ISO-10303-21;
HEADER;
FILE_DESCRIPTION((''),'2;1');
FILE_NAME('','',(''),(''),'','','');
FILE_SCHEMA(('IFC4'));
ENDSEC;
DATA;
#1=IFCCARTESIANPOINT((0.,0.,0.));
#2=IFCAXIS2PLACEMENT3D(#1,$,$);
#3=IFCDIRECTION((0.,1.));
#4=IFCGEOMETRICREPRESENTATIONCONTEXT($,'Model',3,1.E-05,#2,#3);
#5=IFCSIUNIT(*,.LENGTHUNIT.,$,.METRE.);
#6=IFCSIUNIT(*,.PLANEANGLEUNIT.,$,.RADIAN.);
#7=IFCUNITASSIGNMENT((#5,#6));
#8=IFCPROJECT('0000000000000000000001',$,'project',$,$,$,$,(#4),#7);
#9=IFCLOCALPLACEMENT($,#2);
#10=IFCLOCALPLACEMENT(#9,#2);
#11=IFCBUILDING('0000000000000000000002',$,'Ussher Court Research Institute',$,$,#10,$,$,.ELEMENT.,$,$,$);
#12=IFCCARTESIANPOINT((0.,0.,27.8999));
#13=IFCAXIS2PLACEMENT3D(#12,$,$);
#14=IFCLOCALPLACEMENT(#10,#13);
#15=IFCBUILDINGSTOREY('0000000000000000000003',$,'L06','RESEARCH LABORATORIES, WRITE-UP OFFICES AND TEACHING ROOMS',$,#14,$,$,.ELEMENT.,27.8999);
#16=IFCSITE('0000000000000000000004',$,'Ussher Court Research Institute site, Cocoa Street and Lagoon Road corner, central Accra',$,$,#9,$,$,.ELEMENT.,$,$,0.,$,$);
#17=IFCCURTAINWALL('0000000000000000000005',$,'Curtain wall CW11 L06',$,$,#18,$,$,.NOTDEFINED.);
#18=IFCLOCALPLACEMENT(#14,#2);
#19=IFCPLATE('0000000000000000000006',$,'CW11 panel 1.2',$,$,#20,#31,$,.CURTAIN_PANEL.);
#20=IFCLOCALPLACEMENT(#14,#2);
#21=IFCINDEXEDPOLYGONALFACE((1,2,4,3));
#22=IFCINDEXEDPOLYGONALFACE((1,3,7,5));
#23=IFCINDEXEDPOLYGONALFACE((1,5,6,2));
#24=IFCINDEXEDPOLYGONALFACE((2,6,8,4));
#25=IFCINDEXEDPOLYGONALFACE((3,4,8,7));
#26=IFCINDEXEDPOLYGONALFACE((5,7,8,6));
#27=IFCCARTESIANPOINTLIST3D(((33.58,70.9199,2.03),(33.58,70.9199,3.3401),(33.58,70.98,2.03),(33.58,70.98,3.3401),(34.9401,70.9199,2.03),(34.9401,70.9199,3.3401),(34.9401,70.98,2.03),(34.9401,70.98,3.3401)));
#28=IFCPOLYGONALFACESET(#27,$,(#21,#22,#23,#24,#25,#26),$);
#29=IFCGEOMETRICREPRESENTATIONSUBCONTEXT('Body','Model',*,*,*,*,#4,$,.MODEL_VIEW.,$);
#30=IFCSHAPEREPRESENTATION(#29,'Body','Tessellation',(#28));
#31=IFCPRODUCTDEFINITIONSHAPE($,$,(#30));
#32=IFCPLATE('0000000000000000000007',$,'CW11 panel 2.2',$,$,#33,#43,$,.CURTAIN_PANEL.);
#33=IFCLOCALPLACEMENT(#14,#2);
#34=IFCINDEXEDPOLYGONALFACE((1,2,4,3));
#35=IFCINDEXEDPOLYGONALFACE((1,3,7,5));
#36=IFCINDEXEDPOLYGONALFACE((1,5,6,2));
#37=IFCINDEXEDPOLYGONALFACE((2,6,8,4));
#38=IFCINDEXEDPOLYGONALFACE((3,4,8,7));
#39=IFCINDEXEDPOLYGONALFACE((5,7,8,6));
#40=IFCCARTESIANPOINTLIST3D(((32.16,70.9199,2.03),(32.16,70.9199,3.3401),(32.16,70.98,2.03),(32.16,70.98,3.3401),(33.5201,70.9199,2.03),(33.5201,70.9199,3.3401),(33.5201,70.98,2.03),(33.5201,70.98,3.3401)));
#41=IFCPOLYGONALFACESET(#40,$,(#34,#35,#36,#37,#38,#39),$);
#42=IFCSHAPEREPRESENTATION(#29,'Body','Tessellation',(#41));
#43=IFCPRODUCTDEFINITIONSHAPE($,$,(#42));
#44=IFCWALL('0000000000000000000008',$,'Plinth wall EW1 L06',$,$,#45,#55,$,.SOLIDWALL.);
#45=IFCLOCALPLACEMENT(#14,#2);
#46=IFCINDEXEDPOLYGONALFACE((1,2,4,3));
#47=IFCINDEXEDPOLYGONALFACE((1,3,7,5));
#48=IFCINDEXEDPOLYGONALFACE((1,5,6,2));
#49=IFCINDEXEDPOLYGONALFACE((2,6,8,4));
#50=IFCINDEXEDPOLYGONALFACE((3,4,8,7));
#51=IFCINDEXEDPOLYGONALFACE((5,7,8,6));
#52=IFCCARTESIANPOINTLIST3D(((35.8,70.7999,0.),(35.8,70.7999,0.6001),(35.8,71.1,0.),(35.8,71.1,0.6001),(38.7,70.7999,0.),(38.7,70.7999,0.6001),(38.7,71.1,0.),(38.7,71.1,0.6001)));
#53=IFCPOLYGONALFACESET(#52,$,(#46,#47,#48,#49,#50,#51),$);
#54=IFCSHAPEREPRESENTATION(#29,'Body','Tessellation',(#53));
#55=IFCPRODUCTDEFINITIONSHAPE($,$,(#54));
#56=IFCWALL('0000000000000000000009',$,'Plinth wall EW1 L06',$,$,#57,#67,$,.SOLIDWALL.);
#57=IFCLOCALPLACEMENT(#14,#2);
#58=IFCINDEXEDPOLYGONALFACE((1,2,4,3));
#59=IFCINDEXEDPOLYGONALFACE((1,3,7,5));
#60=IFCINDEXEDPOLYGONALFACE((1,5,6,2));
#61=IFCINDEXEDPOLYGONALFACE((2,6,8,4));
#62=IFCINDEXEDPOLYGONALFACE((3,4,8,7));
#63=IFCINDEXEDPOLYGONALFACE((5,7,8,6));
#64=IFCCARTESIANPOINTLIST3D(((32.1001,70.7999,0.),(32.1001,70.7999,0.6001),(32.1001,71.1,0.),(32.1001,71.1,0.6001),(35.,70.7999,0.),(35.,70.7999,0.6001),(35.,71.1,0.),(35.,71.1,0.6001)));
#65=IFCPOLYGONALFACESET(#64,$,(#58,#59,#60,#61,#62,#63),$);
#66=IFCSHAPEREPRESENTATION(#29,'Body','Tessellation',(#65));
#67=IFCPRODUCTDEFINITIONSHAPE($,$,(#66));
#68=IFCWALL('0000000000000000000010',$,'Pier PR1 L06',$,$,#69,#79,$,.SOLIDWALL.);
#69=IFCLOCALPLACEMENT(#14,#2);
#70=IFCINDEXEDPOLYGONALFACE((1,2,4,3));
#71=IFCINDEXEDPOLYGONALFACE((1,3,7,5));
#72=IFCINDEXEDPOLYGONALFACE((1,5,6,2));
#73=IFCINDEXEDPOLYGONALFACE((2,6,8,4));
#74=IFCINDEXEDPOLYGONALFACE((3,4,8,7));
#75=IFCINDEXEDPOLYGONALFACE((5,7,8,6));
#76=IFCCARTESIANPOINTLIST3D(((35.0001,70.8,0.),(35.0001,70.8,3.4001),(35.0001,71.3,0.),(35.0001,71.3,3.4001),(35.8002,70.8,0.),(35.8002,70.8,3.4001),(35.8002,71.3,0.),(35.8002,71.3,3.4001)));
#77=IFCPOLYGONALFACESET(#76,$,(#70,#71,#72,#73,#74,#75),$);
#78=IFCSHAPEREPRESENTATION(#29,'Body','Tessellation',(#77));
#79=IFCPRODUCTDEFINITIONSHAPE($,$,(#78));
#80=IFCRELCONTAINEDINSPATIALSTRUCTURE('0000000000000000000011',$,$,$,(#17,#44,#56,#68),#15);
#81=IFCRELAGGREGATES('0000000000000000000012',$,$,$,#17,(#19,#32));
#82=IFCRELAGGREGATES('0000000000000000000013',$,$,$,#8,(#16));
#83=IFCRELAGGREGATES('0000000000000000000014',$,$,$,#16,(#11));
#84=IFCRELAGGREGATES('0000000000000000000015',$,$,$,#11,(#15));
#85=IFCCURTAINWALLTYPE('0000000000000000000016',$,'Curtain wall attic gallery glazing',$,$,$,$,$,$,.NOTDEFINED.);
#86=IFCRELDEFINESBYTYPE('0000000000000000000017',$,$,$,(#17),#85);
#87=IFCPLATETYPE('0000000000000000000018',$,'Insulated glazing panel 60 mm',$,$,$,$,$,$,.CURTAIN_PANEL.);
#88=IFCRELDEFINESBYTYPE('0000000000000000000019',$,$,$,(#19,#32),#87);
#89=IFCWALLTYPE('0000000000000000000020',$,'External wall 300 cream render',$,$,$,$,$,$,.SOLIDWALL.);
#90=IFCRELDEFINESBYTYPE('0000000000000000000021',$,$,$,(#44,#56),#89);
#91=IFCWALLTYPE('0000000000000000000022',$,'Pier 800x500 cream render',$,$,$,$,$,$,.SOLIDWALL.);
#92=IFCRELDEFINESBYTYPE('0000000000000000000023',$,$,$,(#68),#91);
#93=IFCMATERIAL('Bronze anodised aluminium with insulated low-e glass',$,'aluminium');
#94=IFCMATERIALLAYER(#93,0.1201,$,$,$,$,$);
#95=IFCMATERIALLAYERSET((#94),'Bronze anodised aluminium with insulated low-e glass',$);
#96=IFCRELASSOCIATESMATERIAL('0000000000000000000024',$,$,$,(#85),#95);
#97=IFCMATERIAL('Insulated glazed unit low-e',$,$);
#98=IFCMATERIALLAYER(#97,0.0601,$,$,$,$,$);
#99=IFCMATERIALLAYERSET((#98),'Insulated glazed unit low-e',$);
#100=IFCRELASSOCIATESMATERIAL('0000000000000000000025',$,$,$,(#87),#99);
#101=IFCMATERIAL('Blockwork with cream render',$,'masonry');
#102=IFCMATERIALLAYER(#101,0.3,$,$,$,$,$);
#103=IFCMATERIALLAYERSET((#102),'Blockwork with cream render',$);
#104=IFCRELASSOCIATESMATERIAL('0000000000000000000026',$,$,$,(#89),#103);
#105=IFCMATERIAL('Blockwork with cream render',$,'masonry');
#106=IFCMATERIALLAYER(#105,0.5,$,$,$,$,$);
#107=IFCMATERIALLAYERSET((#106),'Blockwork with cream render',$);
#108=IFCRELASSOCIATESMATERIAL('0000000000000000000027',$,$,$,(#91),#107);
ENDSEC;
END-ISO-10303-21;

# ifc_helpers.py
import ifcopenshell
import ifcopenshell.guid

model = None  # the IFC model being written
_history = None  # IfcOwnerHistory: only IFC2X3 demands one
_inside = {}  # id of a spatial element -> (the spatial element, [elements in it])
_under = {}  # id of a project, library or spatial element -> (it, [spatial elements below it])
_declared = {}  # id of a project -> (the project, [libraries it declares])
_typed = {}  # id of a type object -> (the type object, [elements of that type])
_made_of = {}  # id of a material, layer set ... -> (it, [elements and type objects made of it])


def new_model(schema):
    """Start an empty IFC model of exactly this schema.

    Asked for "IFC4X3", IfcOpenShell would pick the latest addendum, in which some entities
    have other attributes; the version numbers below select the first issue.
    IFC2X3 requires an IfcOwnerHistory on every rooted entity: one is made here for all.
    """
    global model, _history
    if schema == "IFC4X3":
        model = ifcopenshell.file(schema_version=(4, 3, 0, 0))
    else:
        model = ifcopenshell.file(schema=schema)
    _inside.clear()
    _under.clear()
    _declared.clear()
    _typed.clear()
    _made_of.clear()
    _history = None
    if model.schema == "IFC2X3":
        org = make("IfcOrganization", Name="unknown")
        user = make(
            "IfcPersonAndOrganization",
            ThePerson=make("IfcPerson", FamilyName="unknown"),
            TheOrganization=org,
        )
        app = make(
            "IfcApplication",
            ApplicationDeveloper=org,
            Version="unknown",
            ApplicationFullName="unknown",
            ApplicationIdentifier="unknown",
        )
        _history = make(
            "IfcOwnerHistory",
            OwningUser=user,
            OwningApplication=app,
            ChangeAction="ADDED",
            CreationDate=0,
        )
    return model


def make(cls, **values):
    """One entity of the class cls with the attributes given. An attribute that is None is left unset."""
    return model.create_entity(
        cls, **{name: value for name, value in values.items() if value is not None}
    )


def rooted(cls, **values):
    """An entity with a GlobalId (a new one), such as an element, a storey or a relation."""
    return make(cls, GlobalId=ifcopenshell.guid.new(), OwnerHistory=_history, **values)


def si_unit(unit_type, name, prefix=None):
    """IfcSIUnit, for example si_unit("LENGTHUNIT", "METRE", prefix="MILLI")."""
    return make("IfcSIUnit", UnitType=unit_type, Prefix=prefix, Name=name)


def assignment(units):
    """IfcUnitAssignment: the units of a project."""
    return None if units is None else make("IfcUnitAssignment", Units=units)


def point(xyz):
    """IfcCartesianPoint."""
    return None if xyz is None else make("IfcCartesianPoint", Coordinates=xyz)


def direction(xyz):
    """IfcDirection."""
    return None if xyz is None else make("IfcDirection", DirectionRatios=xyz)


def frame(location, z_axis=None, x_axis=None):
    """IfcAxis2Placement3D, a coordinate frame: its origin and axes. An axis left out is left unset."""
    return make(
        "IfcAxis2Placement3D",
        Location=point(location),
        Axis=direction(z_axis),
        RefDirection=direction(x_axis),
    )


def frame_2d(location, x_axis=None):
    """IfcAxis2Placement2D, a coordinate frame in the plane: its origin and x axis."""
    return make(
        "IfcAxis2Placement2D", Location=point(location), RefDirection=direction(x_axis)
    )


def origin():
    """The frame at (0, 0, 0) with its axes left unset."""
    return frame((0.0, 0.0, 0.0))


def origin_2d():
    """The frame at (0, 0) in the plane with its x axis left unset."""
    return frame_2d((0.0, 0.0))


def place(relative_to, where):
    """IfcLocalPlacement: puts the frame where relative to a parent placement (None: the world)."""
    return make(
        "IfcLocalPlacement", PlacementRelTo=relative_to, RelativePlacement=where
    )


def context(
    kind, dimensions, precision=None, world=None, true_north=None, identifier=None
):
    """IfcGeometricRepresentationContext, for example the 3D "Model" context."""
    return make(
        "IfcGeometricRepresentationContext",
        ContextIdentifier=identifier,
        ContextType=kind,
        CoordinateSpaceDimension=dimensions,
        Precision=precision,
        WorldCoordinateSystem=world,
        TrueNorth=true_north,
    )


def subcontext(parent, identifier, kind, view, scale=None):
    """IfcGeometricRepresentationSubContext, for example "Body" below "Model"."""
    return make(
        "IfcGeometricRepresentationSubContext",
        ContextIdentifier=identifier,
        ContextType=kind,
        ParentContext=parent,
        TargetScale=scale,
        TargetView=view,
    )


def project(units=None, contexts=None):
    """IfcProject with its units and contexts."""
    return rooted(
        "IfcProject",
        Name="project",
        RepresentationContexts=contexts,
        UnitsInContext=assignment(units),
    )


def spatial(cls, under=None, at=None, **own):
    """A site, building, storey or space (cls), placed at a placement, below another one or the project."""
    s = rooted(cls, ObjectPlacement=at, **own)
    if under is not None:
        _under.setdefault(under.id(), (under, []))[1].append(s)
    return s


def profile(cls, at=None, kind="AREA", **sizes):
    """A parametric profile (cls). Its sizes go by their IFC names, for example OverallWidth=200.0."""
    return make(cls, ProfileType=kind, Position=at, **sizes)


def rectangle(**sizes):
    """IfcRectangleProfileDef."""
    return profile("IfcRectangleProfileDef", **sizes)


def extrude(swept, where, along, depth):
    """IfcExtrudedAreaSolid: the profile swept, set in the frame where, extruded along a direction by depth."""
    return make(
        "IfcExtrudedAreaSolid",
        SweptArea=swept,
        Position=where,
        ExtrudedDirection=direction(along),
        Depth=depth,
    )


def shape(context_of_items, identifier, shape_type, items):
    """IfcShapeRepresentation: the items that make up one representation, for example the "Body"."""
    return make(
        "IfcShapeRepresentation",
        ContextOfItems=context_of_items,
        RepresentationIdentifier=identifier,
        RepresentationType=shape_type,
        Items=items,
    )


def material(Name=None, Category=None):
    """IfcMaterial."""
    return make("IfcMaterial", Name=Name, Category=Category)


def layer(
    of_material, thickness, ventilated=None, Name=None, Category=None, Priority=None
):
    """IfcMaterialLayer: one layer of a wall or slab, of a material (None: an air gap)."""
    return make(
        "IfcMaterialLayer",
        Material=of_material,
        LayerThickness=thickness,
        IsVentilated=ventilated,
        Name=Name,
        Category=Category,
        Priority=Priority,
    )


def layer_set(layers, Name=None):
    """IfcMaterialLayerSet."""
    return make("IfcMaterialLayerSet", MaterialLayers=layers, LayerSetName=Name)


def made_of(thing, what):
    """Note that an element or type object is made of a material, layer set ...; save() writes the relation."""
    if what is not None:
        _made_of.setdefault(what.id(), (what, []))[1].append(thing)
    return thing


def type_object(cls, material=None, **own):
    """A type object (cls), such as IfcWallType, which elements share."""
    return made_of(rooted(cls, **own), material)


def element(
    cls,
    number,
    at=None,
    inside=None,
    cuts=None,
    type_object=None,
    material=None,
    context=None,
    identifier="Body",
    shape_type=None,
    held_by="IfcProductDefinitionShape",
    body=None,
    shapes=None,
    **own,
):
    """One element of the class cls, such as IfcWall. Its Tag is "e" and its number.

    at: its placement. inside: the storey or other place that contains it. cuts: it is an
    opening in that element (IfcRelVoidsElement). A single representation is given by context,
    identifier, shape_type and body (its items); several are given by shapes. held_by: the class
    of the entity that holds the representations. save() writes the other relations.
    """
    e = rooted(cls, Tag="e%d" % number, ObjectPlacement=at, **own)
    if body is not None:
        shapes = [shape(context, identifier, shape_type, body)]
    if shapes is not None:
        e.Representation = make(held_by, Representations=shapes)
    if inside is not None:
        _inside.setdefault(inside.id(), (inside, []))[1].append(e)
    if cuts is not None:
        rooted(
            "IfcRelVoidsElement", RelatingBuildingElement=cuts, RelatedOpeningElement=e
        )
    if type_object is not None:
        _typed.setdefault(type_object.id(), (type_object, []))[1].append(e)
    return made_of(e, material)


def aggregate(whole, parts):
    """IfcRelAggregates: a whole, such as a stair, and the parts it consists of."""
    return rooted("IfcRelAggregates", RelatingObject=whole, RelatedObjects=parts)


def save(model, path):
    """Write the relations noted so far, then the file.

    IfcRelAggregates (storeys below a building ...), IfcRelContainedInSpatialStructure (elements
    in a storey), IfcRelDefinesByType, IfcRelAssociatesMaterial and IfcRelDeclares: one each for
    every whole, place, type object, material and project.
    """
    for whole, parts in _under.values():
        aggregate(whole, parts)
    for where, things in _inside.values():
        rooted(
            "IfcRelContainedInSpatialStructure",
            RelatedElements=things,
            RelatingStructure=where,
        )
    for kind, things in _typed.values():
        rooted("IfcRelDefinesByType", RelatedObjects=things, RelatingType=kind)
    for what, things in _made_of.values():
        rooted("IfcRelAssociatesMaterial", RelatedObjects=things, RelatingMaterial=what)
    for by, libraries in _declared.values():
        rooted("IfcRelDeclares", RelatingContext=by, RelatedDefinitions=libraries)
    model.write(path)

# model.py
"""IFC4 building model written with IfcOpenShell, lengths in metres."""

from ifc_helpers import new_model, si_unit, direction, frame, frame_2d, origin, origin_2d, place, context, subcontext, project, spatial, rectangle, extrude, material, layer, layer_set, type_object, element, aggregate, save


model = new_model("IFC4")

# Units and contexts
model_context = context("Model", 3, precision=1e-05, world=origin(), true_north=direction((0.0, 1.0)))
body_context = subcontext(model_context, "Body", "Model", "MODEL_VIEW")
ifc_project = project(units=[si_unit("LENGTHUNIT", "METRE"), si_unit("PLANEANGLEUNIT", "RADIAN")], contexts=[model_context])

# Site, building, storey
site_placement = place(None, origin())
site = spatial("IfcSite", under=ifc_project, at=site_placement, Name="Ussher Court Research Institute site, Cocoa Street and Lagoon Road corner, central Accra", CompositionType="ELEMENT", RefElevation=0.0)
building_placement = place(site_placement, origin())
building = spatial("IfcBuilding", under=site, at=building_placement, Name="Ussher Court Research Institute", CompositionType="ELEMENT")
storey_placement = place(building_placement, frame((0.0, 0.0, 27.8999)))
storey = spatial("IfcBuildingStorey", under=building, at=storey_placement, Name="L06", Description="RESEARCH LABORATORIES, WRITE-UP OFFICES AND TEACHING ROOMS", CompositionType="ELEMENT", Elevation=27.8999)

# Shared definitions
ifc_material_1 = material(Name="Bronze anodised aluminium with insulated low-e glass", Category="aluminium")
ifc_layer_1 = layer(ifc_material_1, 0.1201)
ifc_layer_set_1 = layer_set([ifc_layer_1], Name="Bronze anodised aluminium with insulated low-e glass")
curtain_wall_type = type_object("IfcCurtainWallType", Name="Curtain wall attic gallery glazing", PredefinedType="NOTDEFINED", material=ifc_layer_set_1)

# Curtain wall
curtain_wall_1_placement = place(storey_placement, origin())
curtain_wall_1 = element("IfcCurtainWall", 1, at=curtain_wall_1_placement, inside=storey, type_object=curtain_wall_type, Name="Curtain wall CW11 L06", PredefinedType="NOTDEFINED")

# Plates
ifc_material_2 = material(Name="Insulated glazed unit low-e")
ifc_layer_2 = layer(ifc_material_2, 0.0601)
ifc_layer_set_2 = layer_set([ifc_layer_2], Name="Insulated glazed unit low-e")
plate_type = type_object("IfcPlateType", Name="Insulated glazing panel 60 mm", PredefinedType="CURTAIN_PANEL", material=ifc_layer_set_2)
plate_1_placement = place(storey_placement, frame((34.26, 70.95, 2.03), z_axis=(0.0, 0.0, 1.0), x_axis=(-1.0, 0.0, 0.0)))
plate_1 = element("IfcPlate", 2, at=plate_1_placement, type_object=plate_type, Name="CW11 panel 1.2", PredefinedType="CURTAIN_PANEL", context=body_context, shape_type="SweptSolid", body=[
    extrude(rectangle(XDim=1.3601, YDim=0.0601, at=origin_2d()), origin(), (0.0, 0.0, 1.0), 1.3101),
])
plate_2_placement = place(storey_placement, frame((32.8401, 70.95, 2.03), z_axis=(0.0, 0.0, 1.0), x_axis=(-1.0, 0.0, 0.0)))
plate_2 = element("IfcPlate", 3, at=plate_2_placement, type_object=plate_type, Name="CW11 panel 2.2", PredefinedType="CURTAIN_PANEL", context=body_context, shape_type="SweptSolid", body=[
    extrude(rectangle(XDim=1.3601, YDim=0.0601, at=origin_2d()), origin(), (0.0, 0.0, 1.0), 1.3101),
])
aggregate(curtain_wall_1, [plate_1, plate_2])

# Walls
ifc_material_3 = material(Name="Blockwork with cream render", Category="masonry")
ifc_layer_3 = layer(ifc_material_3, 0.3)
ifc_layer_set_3 = layer_set([ifc_layer_3], Name="Blockwork with cream render")
wall_type_1 = type_object("IfcWallType", Name="External wall 300 cream render", PredefinedType="SOLIDWALL", material=ifc_layer_set_3)
for number, where, z_axis, x_axis, name in (
    (4, (38.7, 70.95, 0.0), (0.0, 0.0, 1.0), (-1.0, 0.0, 0.0), "Plinth wall EW1 L06"),
    (5, (35.0, 70.95, 0.0), (0.0, 0.0, 1.0), (-1.0, 0.0, 0.0), "Plinth wall EW1 L06"),
):
    element("IfcWall", number, at=place(storey_placement, frame(where, z_axis=z_axis, x_axis=x_axis)), inside=storey, type_object=wall_type_1, Name=name, PredefinedType="SOLIDWALL", context=body_context, shape_type="SweptSolid", body=[
        extrude(rectangle(XDim=2.8999, YDim=0.3, at=frame_2d((1.45, 0.0))), origin(), (0.0, 0.0, 1.0), 0.6001),
    ])
ifc_material_4 = material(Name="Blockwork with cream render", Category="masonry")
ifc_layer_4 = layer(ifc_material_4, 0.5)
ifc_layer_set_4 = layer_set([ifc_layer_4], Name="Blockwork with cream render")
wall_type_2 = type_object("IfcWallType", Name="Pier 800x500 cream render", PredefinedType="SOLIDWALL", material=ifc_layer_set_4)
wall_placement = place(storey_placement, frame((35.8, 71.05, 0.0), z_axis=(0.0, 0.0, 1.0), x_axis=(-1.0, 0.0, 0.0)))
element("IfcWall", 6, at=wall_placement, inside=storey, type_object=wall_type_2, Name="Pier PR1 L06", PredefinedType="SOLIDWALL", context=body_context, shape_type="SweptSolid", body=[
    extrude(rectangle(XDim=0.8, YDim=0.5, at=frame_2d((0.3999, 0.0))), origin(), (0.0, 0.0, 1.0), 3.4001),
])

save(model, "model.ifc")
